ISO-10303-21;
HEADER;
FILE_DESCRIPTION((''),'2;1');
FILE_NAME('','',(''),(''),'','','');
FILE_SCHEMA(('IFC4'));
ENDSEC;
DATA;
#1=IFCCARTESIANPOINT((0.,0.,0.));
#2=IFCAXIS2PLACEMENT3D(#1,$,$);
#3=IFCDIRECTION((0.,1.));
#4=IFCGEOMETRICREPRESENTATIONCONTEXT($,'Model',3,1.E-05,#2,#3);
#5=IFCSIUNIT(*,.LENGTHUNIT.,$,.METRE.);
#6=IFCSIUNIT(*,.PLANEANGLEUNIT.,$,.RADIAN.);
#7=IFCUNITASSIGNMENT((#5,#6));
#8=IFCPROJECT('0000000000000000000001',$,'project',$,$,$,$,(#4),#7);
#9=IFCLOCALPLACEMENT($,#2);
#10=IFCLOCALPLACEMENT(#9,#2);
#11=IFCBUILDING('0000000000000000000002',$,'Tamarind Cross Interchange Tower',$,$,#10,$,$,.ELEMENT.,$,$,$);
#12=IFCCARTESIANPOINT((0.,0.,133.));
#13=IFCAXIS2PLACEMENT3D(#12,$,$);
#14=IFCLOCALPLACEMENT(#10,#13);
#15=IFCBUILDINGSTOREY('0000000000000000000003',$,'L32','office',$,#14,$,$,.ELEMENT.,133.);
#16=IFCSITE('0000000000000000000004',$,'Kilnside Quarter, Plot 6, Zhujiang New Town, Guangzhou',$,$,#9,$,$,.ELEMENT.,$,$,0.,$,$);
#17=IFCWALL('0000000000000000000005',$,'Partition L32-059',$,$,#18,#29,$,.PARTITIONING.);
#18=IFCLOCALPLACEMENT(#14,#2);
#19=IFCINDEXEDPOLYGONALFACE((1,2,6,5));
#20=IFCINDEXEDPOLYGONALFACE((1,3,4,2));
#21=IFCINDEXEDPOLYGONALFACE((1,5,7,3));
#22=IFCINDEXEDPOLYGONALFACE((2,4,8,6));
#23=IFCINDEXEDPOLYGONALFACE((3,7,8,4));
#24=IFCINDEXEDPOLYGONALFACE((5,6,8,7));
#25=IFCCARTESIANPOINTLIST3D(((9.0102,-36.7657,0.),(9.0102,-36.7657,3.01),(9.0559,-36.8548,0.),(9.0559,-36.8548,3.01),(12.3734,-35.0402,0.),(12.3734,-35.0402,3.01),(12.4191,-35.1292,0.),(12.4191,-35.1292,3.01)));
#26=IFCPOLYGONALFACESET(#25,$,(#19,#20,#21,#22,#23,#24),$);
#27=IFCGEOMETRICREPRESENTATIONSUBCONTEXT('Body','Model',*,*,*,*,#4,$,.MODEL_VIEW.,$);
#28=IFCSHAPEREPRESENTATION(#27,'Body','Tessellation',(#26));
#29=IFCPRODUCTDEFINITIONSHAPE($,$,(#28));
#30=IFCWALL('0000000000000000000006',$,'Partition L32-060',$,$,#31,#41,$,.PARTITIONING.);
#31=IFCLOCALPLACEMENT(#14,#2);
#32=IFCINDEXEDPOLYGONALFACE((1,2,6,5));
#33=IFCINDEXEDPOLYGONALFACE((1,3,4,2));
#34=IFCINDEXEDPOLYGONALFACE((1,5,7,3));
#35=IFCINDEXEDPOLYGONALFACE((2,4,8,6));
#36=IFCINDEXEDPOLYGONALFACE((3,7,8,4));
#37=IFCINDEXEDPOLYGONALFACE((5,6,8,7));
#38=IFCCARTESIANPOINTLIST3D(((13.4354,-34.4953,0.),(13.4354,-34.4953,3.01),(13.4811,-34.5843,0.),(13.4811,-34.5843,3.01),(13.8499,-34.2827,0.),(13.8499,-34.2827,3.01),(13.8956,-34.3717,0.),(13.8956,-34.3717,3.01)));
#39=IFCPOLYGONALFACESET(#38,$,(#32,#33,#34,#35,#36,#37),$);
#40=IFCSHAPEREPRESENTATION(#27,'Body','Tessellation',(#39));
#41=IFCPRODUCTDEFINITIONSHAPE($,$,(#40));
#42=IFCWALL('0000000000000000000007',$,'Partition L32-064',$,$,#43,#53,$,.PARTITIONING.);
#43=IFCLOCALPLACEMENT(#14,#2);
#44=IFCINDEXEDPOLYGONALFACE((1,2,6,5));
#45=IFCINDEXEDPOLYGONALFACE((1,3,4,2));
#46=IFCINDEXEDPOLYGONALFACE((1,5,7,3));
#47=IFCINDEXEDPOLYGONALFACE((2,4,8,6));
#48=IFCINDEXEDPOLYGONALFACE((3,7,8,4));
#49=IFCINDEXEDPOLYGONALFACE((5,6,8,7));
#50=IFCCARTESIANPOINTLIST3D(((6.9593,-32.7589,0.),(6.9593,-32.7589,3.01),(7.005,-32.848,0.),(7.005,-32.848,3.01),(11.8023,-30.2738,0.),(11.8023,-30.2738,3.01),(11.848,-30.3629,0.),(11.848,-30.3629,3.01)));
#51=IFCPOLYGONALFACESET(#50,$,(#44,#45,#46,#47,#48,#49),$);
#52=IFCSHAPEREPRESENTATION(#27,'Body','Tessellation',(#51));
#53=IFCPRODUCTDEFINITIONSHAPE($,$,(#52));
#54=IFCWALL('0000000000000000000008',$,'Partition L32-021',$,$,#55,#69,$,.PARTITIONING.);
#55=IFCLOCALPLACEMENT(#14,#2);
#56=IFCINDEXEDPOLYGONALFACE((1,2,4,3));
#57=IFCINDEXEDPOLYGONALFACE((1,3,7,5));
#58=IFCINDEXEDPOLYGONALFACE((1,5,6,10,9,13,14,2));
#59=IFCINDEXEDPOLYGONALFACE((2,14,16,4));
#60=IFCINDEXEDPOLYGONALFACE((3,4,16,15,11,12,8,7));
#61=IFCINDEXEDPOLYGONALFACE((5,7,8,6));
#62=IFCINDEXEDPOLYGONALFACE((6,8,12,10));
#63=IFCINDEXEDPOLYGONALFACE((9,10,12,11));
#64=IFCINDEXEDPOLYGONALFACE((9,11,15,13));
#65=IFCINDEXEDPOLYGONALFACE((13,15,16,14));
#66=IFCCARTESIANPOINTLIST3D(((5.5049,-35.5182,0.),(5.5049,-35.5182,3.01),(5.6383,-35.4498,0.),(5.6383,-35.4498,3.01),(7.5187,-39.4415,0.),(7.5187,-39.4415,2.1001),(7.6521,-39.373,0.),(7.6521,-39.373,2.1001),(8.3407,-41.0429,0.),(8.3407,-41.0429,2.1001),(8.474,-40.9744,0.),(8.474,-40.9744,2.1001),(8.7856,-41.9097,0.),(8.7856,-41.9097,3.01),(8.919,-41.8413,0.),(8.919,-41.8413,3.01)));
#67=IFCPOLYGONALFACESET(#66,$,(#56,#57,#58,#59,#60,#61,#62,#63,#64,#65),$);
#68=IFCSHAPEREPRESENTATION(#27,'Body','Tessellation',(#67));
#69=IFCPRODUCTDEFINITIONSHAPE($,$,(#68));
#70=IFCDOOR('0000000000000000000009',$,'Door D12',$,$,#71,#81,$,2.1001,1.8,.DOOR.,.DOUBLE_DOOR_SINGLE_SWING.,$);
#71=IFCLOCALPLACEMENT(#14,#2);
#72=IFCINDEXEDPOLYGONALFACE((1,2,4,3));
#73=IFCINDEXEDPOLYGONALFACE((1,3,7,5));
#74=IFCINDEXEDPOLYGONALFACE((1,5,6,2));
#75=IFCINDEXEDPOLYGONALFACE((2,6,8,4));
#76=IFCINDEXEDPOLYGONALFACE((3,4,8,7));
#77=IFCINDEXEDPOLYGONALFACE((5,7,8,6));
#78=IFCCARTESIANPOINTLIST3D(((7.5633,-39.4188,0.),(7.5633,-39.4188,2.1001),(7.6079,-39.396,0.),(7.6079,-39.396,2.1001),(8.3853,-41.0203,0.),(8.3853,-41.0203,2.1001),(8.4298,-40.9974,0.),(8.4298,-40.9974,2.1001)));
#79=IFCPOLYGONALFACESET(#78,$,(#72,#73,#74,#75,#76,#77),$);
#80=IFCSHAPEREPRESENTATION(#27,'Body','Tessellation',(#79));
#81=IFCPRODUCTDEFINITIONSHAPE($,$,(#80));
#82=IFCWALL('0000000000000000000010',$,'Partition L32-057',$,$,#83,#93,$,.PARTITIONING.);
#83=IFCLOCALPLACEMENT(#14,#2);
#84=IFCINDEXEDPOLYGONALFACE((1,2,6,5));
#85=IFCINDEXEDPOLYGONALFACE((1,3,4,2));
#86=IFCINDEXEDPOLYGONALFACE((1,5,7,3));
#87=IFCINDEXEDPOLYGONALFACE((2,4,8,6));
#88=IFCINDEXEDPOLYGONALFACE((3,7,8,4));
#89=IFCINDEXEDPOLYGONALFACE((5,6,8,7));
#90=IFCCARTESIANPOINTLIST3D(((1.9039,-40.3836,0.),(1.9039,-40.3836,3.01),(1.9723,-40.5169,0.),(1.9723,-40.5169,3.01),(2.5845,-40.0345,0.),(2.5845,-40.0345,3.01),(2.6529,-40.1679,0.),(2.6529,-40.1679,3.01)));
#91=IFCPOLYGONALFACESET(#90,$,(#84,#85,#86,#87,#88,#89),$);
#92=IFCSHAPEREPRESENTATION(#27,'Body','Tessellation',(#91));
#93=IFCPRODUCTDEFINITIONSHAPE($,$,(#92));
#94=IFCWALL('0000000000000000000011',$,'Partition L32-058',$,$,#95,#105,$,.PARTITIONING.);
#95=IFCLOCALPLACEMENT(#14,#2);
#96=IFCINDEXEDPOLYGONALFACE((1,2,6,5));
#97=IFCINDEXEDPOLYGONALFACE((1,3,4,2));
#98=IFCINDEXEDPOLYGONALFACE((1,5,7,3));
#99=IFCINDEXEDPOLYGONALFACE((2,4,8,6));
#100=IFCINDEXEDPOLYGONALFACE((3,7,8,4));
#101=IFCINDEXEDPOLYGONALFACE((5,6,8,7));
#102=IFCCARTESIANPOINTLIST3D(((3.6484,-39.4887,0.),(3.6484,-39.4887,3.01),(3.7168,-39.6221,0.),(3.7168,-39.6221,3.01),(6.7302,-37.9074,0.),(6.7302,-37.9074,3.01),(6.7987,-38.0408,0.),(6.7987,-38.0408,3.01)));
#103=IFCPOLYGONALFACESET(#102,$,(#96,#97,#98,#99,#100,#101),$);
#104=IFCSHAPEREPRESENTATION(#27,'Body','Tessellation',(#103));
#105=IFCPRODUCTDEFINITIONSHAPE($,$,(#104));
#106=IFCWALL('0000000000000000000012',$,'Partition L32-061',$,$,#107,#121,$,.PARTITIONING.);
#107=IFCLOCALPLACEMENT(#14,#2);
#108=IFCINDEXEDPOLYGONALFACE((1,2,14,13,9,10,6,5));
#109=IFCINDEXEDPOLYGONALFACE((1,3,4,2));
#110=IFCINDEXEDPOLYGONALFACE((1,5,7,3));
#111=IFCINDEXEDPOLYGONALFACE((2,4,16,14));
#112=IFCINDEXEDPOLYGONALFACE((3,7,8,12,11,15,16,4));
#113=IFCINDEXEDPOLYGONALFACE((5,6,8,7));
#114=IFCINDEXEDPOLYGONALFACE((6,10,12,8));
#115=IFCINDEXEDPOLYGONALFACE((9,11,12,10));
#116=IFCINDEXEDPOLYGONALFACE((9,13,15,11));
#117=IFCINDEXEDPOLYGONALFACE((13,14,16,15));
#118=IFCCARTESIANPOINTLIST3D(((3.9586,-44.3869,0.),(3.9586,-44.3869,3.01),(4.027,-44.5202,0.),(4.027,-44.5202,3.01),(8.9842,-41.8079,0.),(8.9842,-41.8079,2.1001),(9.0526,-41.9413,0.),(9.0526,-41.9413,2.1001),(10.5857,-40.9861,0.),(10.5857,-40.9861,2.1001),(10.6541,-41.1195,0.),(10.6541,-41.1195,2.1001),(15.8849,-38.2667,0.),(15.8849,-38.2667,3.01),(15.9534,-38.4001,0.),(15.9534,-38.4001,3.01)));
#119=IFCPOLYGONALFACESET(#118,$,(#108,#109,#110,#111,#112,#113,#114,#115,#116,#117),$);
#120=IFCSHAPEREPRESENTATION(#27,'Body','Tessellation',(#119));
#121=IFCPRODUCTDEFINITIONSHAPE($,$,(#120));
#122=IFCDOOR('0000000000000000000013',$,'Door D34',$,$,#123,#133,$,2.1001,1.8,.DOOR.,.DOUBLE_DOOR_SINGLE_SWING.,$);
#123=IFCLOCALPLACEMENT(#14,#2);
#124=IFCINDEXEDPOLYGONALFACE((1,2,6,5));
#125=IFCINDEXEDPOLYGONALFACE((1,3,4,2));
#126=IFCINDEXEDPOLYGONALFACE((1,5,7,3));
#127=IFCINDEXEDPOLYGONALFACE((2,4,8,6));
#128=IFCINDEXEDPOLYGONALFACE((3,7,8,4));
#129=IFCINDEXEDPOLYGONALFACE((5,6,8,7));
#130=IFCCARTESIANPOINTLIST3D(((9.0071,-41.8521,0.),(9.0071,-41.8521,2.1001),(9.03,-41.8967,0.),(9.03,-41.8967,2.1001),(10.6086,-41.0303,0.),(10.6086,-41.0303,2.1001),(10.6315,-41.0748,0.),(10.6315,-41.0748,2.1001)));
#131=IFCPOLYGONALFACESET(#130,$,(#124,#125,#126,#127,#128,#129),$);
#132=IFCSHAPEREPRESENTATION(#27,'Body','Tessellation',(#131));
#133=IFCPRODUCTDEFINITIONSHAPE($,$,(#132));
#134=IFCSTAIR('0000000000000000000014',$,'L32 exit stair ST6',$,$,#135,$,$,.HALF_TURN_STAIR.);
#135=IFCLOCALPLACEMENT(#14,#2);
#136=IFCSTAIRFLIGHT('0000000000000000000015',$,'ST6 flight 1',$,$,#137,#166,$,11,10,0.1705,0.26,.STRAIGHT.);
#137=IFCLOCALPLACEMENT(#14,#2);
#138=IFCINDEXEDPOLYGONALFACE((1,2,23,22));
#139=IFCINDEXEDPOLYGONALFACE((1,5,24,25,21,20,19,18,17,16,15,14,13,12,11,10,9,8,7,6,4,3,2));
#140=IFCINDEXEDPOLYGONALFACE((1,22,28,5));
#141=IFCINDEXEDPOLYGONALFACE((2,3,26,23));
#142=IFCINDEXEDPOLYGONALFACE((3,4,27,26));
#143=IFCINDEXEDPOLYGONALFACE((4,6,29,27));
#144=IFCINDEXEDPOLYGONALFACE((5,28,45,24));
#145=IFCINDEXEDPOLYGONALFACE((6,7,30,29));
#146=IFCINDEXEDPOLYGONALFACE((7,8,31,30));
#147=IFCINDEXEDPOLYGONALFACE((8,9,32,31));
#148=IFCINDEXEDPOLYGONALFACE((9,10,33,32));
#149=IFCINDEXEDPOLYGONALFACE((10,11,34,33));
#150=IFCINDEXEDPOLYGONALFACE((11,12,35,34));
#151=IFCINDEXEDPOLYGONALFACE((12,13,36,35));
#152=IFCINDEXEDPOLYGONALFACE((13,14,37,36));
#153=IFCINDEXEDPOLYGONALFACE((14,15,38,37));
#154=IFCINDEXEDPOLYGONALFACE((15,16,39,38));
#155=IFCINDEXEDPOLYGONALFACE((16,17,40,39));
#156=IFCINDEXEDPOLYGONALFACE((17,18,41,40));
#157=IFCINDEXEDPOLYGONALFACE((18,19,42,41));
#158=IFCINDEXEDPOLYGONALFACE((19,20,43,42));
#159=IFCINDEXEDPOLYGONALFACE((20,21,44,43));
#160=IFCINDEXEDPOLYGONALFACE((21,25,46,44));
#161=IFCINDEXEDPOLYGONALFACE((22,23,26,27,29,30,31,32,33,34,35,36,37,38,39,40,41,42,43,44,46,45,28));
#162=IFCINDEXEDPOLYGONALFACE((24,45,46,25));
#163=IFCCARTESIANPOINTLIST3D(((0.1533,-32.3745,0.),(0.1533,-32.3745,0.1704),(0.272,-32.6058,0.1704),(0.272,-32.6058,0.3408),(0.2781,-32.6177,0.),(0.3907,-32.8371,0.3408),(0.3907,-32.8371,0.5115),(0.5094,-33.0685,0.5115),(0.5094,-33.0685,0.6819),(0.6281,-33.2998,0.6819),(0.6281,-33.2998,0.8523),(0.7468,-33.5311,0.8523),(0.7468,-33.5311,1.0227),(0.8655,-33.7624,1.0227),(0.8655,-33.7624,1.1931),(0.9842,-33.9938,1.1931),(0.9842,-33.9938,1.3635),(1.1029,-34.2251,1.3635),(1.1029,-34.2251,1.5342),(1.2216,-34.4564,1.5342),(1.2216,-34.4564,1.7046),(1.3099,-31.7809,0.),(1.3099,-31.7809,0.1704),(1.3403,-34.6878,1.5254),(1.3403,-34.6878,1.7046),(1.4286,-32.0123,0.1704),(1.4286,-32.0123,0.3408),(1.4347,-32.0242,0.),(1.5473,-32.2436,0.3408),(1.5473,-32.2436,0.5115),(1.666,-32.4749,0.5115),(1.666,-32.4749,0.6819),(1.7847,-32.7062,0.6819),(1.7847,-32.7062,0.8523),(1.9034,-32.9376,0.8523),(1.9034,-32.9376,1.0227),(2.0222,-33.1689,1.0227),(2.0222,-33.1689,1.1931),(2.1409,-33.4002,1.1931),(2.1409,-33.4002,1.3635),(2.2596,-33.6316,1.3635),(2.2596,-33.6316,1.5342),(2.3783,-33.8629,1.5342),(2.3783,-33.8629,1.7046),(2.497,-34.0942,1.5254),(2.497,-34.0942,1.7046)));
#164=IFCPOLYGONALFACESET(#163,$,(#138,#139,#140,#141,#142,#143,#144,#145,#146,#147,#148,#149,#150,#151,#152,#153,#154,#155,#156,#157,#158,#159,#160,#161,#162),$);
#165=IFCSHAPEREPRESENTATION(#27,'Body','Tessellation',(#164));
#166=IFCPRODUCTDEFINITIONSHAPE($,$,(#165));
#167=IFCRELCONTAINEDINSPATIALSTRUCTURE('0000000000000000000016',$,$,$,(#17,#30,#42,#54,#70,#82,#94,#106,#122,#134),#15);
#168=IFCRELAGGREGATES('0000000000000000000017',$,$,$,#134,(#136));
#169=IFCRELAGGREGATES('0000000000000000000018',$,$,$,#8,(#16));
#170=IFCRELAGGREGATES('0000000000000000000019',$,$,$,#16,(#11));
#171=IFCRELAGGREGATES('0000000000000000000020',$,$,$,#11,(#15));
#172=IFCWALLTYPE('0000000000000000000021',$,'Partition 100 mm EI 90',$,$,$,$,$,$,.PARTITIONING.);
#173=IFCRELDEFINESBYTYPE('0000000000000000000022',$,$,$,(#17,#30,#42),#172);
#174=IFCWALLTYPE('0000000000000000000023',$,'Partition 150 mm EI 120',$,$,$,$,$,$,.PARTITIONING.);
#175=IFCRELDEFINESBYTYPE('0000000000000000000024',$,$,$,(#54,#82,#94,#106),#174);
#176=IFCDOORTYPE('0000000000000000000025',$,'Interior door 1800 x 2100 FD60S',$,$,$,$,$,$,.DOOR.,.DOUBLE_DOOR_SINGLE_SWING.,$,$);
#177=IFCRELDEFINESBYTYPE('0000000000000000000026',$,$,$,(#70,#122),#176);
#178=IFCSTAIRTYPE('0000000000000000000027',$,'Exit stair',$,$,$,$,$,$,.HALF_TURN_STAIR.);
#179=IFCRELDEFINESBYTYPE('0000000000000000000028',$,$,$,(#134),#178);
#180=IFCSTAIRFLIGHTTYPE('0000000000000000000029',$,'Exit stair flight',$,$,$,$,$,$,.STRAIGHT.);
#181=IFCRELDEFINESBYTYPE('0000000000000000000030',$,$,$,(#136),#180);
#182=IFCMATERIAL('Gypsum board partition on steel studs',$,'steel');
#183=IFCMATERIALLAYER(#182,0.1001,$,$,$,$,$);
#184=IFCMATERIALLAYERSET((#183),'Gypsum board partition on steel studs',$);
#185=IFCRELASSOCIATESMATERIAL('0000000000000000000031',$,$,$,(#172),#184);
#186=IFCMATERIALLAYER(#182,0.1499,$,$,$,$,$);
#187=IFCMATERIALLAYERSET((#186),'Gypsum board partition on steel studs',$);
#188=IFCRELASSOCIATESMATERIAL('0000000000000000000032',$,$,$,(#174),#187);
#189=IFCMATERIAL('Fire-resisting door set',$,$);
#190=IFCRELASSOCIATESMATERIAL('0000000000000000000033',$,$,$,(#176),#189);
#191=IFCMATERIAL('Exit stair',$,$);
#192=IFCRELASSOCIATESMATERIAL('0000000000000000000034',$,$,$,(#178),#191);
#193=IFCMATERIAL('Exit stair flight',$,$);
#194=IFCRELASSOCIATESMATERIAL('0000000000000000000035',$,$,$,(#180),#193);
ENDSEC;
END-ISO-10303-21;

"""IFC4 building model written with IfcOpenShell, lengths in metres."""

from ifc_helpers import new_model, si_unit, direction, frame, frame_2d, origin, place, context, subcontext, project, spatial, polyline, rectangle, outline, extrude, material, layer, layer_set, type_object, element, fill, aggregate, save


model = new_model("IFC4")

# Units and contexts
model_context = context("Model", 3, precision=1e-05, world=origin(), true_north=direction((0.0, 1.0)))
body_context = subcontext(model_context, "Body", "Model", "MODEL_VIEW")
ifc_project = project(units=[si_unit("LENGTHUNIT", "METRE"), si_unit("PLANEANGLEUNIT", "RADIAN")], contexts=[model_context])

# Site, building, storey
site_placement = place(None, origin())
site = spatial("IfcSite", under=ifc_project, at=site_placement, Name="Kilnside Quarter, Plot 6, Zhujiang New Town, Guangzhou", CompositionType="ELEMENT", RefElevation=0.0)
building_placement = place(site_placement, origin())
building = spatial("IfcBuilding", under=site, at=building_placement, Name="Tamarind Cross Interchange Tower", CompositionType="ELEMENT")
storey_placement = place(building_placement, frame((0.0, 0.0, 133.0)))
storey = spatial("IfcBuildingStorey", under=building, at=storey_placement, Name="L32", Description="office", CompositionType="ELEMENT", Elevation=133.0)

# Walls
ifc_material_1 = material(Name="Gypsum board partition on steel studs", Category="steel")
ifc_layer_1 = layer(ifc_material_1, 0.1001)
ifc_layer_set_1 = layer_set([ifc_layer_1], Name="Gypsum board partition on steel studs")
wall_type_1 = type_object("IfcWallType", Name="Partition 100 mm EI 90", PredefinedType="PARTITIONING", material=ifc_layer_set_1)
wall_1_placement = place(storey_placement, frame((9.033, -36.8103, 0.0), z_axis=(0.0, 0.0, 1.0), x_axis=(0.889729, 0.45649, 0.0)))
element("IfcWall", 1, at=wall_1_placement, inside=storey, type_object=wall_type_1, Name="Partition L32-059", PredefinedType="PARTITIONING", context=body_context, shape_type="SweptSolid", body=[
    extrude(rectangle(XDim=3.78, YDim=0.1001, at=frame_2d((1.8901, 0.0))), origin(), (0.0, 0.0, 1.0), 3.01),
])
wall_2_placement = place(storey_placement, frame((13.4583, -34.5398, 0.0), z_axis=(0.0, 0.0, 1.0), x_axis=(0.889768, 0.456412, 0.0)))
element("IfcWall", 2, at=wall_2_placement, inside=storey, type_object=wall_type_1, Name="Partition L32-060", PredefinedType="PARTITIONING", context=body_context, shape_type="SweptSolid", body=[
    extrude(rectangle(XDim=0.4658, YDim=0.1001, at=frame_2d((0.2329, 0.0))), origin(), (0.0, 0.0, 1.0), 3.01),
])
wall_3_placement = place(storey_placement, frame((6.9822, -32.8035, 0.0), z_axis=(0.0, 0.0, 1.0), x_axis=(0.889705, 0.456536, 0.0)))
element("IfcWall", 3, at=wall_3_placement, inside=storey, type_object=wall_type_1, Name="Partition L32-064", PredefinedType="PARTITIONING", context=body_context, shape_type="SweptSolid", body=[
    extrude(rectangle(XDim=5.4434, YDim=0.1001, at=frame_2d((2.7217, 0.0))), origin(), (0.0, 0.0, 1.0), 3.01),
])

# Wall, opening, door
ifc_layer_2 = layer(ifc_material_1, 0.1499)
ifc_layer_set_2 = layer_set([ifc_layer_2], Name="Gypsum board partition on steel studs")
wall_type_2 = type_object("IfcWallType", Name="Partition 150 mm EI 120", PredefinedType="PARTITIONING", material=ifc_layer_set_2)
wall_4_placement = place(storey_placement, frame((5.5715, -35.4839, 0.0), z_axis=(0.0, 0.0, 1.0), x_axis=(0.456649, -0.889647, 0.0)))
wall_4 = element("IfcWall", 4, at=wall_4_placement, inside=storey, type_object=wall_type_2, Name="Partition L32-021", PredefinedType="PARTITIONING", context=body_context, shape_type="SweptSolid", body=[
    extrude(rectangle(XDim=7.1843, YDim=0.1499, at=frame_2d((3.5923, 0.0))), origin(), (0.0, 0.0, 1.0), 3.01),
])
opening_1_placement = place(wall_4_placement, frame((4.4102, 0.0, 0.0)))
opening_1 = element("IfcOpeningElement", 5, at=opening_1_placement, cuts=wall_4, PredefinedType="OPENING", context=body_context, shape_type="SweptSolid", body=[
    extrude(rectangle(XDim=1.8, YDim=2.1001, at=frame_2d((0.8999, 1.05))), frame((0.0, 0.085, 0.0), z_axis=(0.0, -1.0, 0.0), x_axis=(1.0, 0.0, 0.0)), (0.0, 0.0, 1.0), 0.1699),
])
ifc_material_2 = material(Name="Fire-resisting door set")
door_type = type_object("IfcDoorType", Name="Interior door 1800 x 2100 FD60S", OperationType="DOUBLE_DOOR_SINGLE_SWING", PredefinedType="DOOR", material=ifc_material_2)
door_1_placement = place(opening_1_placement, frame((1.8, 0.0, 0.0), z_axis=(0.0, 0.0, 1.0), x_axis=(-1.0, 0.0, 0.0)))
door_1 = element("IfcDoor", 6, at=door_1_placement, inside=storey, type_object=door_type, Name="Door D12", OperationType="DOUBLE_DOOR_SINGLE_SWING", OverallHeight=2.1001, OverallWidth=1.8, PredefinedType="DOOR", context=body_context, shape_type="SweptSolid", body=[
    extrude(rectangle(XDim=1.8, YDim=2.1001, at=frame_2d((0.8999, 1.05))), frame((0.0, 0.0249, 0.0), z_axis=(0.0, -1.0, 0.0), x_axis=(1.0, 0.0, 0.0)), (0.0, 0.0, 1.0), 0.05),
])
fill(opening_1, door_1)

# Walls
wall_5_placement = place(storey_placement, frame((1.9382, -40.4502, 0.0), z_axis=(0.0, 0.0, 1.0), x_axis=(0.889784, 0.456381, 0.0)))
element("IfcWall", 7, at=wall_5_placement, inside=storey, type_object=wall_type_2, Name="Partition L32-057", PredefinedType="PARTITIONING", context=body_context, shape_type="SweptSolid", body=[
    extrude(rectangle(XDim=0.7649, YDim=0.1499, at=frame_2d((0.3823, 0.0))), origin(), (0.0, 0.0, 1.0), 3.01),
])
wall_6_placement = place(storey_placement, frame((3.6826, -39.5554, 0.0), z_axis=(0.0, 0.0, 1.0), x_axis=(0.889713, 0.456521, 0.0)))
element("IfcWall", 8, at=wall_6_placement, inside=storey, type_object=wall_type_2, Name="Partition L32-058", PredefinedType="PARTITIONING", context=body_context, shape_type="SweptSolid", body=[
    extrude(rectangle(XDim=3.4639, YDim=0.1499, at=frame_2d((1.7319, 0.0))), origin(), (0.0, 0.0, 1.0), 3.01),
])

# Wall, opening, door
wall_7_placement = place(storey_placement, frame((3.9927, -44.4536, 0.0), z_axis=(0.0, 0.0, 1.0), x_axis=(0.889694, 0.456558, 0.0)))
wall_7 = element("IfcWall", 9, at=wall_7_placement, inside=storey, type_object=wall_type_2, Name="Partition L32-061", PredefinedType="PARTITIONING", context=body_context, shape_type="SweptSolid", body=[
    extrude(rectangle(XDim=13.405, YDim=0.1499, at=frame_2d((6.7026, 0.0))), origin(), (0.0, 0.0, 1.0), 3.01),
])
opening_2_placement = place(wall_7_placement, frame((5.6489, 0.0, 0.0)))
opening_2 = element("IfcOpeningElement", 10, at=opening_2_placement, cuts=wall_7, PredefinedType="OPENING", context=body_context, shape_type="SweptSolid", body=[
    extrude(rectangle(XDim=1.8, YDim=2.1001, at=frame_2d((0.8999, 1.05))), frame((0.0, 0.085, 0.0), z_axis=(0.0, -1.0, 0.0), x_axis=(1.0, 0.0, 0.0)), (0.0, 0.0, 1.0), 0.1699),
])
door_2_placement = place(opening_2_placement, frame((1.8, 0.0, 0.0), z_axis=(0.0, 0.0, 1.0), x_axis=(-1.0, 0.0, 0.0)))
door_2 = element("IfcDoor", 11, at=door_2_placement, inside=storey, type_object=door_type, Name="Door D34", OperationType="DOUBLE_DOOR_SINGLE_SWING", OverallHeight=2.1001, OverallWidth=1.8, PredefinedType="DOOR", context=body_context, shape_type="SweptSolid", body=[
    extrude(rectangle(XDim=1.8, YDim=2.1001, at=frame_2d((0.8999, 1.05))), frame((0.0, 0.0249, 0.0), z_axis=(0.0, -1.0, 0.0), x_axis=(1.0, 0.0, 0.0)), (0.0, 0.0, 1.0), 0.05),
])
fill(opening_2, door_2)

# Stair, stair flight
ifc_material_3 = material(Name="Exit stair")
stair_type = type_object("IfcStairType", Name="Exit stair", PredefinedType="HALF_TURN_STAIR", material=ifc_material_3)
stair_placement = place(storey_placement, origin())
stair = element("IfcStair", 12, at=stair_placement, inside=storey, type_object=stair_type, Name="L32 exit stair ST6", PredefinedType="HALF_TURN_STAIR")
ifc_material_4 = material(Name="Exit stair flight")
stair_flight_type = type_object("IfcStairFlightType", Name="Exit stair flight", PredefinedType="STRAIGHT", material=ifc_material_4)
stair_flight_1_placement = place(storey_placement, frame((0.7317, -32.0776, 0.0), z_axis=(0.0, 0.0, 1.0), x_axis=(0.456551, -0.889697, 0.0)))
stair_flight_1 = element("IfcStairFlight", 13, at=stair_flight_1_placement, type_object=stair_flight_type, Name="ST6 flight 1", NumberOfRisers=11, NumberOfTreads=10, PredefinedType="STRAIGHT", RiserHeight=0.1705, TreadLength=0.26, context=body_context, shape_type="SweptSolid", body=[
    extrude(outline(polyline([(0.0, 0.0), (0.0, 0.1704), (0.26, 0.1704), (0.26, 0.3408), (0.52, 0.3408), (0.52, 0.5115), (0.78, 0.5115), (0.78, 0.6819), (1.04, 0.6819), (1.04, 0.8523), (1.3, 0.8523), (1.3, 1.0227), (1.5601, 1.0227), (1.5601, 1.1931), (1.8201, 1.1931), (1.8201, 1.3635), (2.0801, 1.3635), (2.0801, 1.5342), (2.3401, 1.5342), (2.3401, 1.7046), (2.6001, 1.7046), (2.6001, 1.875), (2.6001, 1.5254), (0.2734, 0.0), (0.0, 0.0)])), frame((0.0, 0.6499, 0.0), z_axis=(0.0, -1.0, 0.0), x_axis=(1.0, 0.0, 0.0)), (0.0, 0.0, 1.0), 1.3),
])
aggregate(stair, [stair_flight_1])

save(model, "model.ifc")
